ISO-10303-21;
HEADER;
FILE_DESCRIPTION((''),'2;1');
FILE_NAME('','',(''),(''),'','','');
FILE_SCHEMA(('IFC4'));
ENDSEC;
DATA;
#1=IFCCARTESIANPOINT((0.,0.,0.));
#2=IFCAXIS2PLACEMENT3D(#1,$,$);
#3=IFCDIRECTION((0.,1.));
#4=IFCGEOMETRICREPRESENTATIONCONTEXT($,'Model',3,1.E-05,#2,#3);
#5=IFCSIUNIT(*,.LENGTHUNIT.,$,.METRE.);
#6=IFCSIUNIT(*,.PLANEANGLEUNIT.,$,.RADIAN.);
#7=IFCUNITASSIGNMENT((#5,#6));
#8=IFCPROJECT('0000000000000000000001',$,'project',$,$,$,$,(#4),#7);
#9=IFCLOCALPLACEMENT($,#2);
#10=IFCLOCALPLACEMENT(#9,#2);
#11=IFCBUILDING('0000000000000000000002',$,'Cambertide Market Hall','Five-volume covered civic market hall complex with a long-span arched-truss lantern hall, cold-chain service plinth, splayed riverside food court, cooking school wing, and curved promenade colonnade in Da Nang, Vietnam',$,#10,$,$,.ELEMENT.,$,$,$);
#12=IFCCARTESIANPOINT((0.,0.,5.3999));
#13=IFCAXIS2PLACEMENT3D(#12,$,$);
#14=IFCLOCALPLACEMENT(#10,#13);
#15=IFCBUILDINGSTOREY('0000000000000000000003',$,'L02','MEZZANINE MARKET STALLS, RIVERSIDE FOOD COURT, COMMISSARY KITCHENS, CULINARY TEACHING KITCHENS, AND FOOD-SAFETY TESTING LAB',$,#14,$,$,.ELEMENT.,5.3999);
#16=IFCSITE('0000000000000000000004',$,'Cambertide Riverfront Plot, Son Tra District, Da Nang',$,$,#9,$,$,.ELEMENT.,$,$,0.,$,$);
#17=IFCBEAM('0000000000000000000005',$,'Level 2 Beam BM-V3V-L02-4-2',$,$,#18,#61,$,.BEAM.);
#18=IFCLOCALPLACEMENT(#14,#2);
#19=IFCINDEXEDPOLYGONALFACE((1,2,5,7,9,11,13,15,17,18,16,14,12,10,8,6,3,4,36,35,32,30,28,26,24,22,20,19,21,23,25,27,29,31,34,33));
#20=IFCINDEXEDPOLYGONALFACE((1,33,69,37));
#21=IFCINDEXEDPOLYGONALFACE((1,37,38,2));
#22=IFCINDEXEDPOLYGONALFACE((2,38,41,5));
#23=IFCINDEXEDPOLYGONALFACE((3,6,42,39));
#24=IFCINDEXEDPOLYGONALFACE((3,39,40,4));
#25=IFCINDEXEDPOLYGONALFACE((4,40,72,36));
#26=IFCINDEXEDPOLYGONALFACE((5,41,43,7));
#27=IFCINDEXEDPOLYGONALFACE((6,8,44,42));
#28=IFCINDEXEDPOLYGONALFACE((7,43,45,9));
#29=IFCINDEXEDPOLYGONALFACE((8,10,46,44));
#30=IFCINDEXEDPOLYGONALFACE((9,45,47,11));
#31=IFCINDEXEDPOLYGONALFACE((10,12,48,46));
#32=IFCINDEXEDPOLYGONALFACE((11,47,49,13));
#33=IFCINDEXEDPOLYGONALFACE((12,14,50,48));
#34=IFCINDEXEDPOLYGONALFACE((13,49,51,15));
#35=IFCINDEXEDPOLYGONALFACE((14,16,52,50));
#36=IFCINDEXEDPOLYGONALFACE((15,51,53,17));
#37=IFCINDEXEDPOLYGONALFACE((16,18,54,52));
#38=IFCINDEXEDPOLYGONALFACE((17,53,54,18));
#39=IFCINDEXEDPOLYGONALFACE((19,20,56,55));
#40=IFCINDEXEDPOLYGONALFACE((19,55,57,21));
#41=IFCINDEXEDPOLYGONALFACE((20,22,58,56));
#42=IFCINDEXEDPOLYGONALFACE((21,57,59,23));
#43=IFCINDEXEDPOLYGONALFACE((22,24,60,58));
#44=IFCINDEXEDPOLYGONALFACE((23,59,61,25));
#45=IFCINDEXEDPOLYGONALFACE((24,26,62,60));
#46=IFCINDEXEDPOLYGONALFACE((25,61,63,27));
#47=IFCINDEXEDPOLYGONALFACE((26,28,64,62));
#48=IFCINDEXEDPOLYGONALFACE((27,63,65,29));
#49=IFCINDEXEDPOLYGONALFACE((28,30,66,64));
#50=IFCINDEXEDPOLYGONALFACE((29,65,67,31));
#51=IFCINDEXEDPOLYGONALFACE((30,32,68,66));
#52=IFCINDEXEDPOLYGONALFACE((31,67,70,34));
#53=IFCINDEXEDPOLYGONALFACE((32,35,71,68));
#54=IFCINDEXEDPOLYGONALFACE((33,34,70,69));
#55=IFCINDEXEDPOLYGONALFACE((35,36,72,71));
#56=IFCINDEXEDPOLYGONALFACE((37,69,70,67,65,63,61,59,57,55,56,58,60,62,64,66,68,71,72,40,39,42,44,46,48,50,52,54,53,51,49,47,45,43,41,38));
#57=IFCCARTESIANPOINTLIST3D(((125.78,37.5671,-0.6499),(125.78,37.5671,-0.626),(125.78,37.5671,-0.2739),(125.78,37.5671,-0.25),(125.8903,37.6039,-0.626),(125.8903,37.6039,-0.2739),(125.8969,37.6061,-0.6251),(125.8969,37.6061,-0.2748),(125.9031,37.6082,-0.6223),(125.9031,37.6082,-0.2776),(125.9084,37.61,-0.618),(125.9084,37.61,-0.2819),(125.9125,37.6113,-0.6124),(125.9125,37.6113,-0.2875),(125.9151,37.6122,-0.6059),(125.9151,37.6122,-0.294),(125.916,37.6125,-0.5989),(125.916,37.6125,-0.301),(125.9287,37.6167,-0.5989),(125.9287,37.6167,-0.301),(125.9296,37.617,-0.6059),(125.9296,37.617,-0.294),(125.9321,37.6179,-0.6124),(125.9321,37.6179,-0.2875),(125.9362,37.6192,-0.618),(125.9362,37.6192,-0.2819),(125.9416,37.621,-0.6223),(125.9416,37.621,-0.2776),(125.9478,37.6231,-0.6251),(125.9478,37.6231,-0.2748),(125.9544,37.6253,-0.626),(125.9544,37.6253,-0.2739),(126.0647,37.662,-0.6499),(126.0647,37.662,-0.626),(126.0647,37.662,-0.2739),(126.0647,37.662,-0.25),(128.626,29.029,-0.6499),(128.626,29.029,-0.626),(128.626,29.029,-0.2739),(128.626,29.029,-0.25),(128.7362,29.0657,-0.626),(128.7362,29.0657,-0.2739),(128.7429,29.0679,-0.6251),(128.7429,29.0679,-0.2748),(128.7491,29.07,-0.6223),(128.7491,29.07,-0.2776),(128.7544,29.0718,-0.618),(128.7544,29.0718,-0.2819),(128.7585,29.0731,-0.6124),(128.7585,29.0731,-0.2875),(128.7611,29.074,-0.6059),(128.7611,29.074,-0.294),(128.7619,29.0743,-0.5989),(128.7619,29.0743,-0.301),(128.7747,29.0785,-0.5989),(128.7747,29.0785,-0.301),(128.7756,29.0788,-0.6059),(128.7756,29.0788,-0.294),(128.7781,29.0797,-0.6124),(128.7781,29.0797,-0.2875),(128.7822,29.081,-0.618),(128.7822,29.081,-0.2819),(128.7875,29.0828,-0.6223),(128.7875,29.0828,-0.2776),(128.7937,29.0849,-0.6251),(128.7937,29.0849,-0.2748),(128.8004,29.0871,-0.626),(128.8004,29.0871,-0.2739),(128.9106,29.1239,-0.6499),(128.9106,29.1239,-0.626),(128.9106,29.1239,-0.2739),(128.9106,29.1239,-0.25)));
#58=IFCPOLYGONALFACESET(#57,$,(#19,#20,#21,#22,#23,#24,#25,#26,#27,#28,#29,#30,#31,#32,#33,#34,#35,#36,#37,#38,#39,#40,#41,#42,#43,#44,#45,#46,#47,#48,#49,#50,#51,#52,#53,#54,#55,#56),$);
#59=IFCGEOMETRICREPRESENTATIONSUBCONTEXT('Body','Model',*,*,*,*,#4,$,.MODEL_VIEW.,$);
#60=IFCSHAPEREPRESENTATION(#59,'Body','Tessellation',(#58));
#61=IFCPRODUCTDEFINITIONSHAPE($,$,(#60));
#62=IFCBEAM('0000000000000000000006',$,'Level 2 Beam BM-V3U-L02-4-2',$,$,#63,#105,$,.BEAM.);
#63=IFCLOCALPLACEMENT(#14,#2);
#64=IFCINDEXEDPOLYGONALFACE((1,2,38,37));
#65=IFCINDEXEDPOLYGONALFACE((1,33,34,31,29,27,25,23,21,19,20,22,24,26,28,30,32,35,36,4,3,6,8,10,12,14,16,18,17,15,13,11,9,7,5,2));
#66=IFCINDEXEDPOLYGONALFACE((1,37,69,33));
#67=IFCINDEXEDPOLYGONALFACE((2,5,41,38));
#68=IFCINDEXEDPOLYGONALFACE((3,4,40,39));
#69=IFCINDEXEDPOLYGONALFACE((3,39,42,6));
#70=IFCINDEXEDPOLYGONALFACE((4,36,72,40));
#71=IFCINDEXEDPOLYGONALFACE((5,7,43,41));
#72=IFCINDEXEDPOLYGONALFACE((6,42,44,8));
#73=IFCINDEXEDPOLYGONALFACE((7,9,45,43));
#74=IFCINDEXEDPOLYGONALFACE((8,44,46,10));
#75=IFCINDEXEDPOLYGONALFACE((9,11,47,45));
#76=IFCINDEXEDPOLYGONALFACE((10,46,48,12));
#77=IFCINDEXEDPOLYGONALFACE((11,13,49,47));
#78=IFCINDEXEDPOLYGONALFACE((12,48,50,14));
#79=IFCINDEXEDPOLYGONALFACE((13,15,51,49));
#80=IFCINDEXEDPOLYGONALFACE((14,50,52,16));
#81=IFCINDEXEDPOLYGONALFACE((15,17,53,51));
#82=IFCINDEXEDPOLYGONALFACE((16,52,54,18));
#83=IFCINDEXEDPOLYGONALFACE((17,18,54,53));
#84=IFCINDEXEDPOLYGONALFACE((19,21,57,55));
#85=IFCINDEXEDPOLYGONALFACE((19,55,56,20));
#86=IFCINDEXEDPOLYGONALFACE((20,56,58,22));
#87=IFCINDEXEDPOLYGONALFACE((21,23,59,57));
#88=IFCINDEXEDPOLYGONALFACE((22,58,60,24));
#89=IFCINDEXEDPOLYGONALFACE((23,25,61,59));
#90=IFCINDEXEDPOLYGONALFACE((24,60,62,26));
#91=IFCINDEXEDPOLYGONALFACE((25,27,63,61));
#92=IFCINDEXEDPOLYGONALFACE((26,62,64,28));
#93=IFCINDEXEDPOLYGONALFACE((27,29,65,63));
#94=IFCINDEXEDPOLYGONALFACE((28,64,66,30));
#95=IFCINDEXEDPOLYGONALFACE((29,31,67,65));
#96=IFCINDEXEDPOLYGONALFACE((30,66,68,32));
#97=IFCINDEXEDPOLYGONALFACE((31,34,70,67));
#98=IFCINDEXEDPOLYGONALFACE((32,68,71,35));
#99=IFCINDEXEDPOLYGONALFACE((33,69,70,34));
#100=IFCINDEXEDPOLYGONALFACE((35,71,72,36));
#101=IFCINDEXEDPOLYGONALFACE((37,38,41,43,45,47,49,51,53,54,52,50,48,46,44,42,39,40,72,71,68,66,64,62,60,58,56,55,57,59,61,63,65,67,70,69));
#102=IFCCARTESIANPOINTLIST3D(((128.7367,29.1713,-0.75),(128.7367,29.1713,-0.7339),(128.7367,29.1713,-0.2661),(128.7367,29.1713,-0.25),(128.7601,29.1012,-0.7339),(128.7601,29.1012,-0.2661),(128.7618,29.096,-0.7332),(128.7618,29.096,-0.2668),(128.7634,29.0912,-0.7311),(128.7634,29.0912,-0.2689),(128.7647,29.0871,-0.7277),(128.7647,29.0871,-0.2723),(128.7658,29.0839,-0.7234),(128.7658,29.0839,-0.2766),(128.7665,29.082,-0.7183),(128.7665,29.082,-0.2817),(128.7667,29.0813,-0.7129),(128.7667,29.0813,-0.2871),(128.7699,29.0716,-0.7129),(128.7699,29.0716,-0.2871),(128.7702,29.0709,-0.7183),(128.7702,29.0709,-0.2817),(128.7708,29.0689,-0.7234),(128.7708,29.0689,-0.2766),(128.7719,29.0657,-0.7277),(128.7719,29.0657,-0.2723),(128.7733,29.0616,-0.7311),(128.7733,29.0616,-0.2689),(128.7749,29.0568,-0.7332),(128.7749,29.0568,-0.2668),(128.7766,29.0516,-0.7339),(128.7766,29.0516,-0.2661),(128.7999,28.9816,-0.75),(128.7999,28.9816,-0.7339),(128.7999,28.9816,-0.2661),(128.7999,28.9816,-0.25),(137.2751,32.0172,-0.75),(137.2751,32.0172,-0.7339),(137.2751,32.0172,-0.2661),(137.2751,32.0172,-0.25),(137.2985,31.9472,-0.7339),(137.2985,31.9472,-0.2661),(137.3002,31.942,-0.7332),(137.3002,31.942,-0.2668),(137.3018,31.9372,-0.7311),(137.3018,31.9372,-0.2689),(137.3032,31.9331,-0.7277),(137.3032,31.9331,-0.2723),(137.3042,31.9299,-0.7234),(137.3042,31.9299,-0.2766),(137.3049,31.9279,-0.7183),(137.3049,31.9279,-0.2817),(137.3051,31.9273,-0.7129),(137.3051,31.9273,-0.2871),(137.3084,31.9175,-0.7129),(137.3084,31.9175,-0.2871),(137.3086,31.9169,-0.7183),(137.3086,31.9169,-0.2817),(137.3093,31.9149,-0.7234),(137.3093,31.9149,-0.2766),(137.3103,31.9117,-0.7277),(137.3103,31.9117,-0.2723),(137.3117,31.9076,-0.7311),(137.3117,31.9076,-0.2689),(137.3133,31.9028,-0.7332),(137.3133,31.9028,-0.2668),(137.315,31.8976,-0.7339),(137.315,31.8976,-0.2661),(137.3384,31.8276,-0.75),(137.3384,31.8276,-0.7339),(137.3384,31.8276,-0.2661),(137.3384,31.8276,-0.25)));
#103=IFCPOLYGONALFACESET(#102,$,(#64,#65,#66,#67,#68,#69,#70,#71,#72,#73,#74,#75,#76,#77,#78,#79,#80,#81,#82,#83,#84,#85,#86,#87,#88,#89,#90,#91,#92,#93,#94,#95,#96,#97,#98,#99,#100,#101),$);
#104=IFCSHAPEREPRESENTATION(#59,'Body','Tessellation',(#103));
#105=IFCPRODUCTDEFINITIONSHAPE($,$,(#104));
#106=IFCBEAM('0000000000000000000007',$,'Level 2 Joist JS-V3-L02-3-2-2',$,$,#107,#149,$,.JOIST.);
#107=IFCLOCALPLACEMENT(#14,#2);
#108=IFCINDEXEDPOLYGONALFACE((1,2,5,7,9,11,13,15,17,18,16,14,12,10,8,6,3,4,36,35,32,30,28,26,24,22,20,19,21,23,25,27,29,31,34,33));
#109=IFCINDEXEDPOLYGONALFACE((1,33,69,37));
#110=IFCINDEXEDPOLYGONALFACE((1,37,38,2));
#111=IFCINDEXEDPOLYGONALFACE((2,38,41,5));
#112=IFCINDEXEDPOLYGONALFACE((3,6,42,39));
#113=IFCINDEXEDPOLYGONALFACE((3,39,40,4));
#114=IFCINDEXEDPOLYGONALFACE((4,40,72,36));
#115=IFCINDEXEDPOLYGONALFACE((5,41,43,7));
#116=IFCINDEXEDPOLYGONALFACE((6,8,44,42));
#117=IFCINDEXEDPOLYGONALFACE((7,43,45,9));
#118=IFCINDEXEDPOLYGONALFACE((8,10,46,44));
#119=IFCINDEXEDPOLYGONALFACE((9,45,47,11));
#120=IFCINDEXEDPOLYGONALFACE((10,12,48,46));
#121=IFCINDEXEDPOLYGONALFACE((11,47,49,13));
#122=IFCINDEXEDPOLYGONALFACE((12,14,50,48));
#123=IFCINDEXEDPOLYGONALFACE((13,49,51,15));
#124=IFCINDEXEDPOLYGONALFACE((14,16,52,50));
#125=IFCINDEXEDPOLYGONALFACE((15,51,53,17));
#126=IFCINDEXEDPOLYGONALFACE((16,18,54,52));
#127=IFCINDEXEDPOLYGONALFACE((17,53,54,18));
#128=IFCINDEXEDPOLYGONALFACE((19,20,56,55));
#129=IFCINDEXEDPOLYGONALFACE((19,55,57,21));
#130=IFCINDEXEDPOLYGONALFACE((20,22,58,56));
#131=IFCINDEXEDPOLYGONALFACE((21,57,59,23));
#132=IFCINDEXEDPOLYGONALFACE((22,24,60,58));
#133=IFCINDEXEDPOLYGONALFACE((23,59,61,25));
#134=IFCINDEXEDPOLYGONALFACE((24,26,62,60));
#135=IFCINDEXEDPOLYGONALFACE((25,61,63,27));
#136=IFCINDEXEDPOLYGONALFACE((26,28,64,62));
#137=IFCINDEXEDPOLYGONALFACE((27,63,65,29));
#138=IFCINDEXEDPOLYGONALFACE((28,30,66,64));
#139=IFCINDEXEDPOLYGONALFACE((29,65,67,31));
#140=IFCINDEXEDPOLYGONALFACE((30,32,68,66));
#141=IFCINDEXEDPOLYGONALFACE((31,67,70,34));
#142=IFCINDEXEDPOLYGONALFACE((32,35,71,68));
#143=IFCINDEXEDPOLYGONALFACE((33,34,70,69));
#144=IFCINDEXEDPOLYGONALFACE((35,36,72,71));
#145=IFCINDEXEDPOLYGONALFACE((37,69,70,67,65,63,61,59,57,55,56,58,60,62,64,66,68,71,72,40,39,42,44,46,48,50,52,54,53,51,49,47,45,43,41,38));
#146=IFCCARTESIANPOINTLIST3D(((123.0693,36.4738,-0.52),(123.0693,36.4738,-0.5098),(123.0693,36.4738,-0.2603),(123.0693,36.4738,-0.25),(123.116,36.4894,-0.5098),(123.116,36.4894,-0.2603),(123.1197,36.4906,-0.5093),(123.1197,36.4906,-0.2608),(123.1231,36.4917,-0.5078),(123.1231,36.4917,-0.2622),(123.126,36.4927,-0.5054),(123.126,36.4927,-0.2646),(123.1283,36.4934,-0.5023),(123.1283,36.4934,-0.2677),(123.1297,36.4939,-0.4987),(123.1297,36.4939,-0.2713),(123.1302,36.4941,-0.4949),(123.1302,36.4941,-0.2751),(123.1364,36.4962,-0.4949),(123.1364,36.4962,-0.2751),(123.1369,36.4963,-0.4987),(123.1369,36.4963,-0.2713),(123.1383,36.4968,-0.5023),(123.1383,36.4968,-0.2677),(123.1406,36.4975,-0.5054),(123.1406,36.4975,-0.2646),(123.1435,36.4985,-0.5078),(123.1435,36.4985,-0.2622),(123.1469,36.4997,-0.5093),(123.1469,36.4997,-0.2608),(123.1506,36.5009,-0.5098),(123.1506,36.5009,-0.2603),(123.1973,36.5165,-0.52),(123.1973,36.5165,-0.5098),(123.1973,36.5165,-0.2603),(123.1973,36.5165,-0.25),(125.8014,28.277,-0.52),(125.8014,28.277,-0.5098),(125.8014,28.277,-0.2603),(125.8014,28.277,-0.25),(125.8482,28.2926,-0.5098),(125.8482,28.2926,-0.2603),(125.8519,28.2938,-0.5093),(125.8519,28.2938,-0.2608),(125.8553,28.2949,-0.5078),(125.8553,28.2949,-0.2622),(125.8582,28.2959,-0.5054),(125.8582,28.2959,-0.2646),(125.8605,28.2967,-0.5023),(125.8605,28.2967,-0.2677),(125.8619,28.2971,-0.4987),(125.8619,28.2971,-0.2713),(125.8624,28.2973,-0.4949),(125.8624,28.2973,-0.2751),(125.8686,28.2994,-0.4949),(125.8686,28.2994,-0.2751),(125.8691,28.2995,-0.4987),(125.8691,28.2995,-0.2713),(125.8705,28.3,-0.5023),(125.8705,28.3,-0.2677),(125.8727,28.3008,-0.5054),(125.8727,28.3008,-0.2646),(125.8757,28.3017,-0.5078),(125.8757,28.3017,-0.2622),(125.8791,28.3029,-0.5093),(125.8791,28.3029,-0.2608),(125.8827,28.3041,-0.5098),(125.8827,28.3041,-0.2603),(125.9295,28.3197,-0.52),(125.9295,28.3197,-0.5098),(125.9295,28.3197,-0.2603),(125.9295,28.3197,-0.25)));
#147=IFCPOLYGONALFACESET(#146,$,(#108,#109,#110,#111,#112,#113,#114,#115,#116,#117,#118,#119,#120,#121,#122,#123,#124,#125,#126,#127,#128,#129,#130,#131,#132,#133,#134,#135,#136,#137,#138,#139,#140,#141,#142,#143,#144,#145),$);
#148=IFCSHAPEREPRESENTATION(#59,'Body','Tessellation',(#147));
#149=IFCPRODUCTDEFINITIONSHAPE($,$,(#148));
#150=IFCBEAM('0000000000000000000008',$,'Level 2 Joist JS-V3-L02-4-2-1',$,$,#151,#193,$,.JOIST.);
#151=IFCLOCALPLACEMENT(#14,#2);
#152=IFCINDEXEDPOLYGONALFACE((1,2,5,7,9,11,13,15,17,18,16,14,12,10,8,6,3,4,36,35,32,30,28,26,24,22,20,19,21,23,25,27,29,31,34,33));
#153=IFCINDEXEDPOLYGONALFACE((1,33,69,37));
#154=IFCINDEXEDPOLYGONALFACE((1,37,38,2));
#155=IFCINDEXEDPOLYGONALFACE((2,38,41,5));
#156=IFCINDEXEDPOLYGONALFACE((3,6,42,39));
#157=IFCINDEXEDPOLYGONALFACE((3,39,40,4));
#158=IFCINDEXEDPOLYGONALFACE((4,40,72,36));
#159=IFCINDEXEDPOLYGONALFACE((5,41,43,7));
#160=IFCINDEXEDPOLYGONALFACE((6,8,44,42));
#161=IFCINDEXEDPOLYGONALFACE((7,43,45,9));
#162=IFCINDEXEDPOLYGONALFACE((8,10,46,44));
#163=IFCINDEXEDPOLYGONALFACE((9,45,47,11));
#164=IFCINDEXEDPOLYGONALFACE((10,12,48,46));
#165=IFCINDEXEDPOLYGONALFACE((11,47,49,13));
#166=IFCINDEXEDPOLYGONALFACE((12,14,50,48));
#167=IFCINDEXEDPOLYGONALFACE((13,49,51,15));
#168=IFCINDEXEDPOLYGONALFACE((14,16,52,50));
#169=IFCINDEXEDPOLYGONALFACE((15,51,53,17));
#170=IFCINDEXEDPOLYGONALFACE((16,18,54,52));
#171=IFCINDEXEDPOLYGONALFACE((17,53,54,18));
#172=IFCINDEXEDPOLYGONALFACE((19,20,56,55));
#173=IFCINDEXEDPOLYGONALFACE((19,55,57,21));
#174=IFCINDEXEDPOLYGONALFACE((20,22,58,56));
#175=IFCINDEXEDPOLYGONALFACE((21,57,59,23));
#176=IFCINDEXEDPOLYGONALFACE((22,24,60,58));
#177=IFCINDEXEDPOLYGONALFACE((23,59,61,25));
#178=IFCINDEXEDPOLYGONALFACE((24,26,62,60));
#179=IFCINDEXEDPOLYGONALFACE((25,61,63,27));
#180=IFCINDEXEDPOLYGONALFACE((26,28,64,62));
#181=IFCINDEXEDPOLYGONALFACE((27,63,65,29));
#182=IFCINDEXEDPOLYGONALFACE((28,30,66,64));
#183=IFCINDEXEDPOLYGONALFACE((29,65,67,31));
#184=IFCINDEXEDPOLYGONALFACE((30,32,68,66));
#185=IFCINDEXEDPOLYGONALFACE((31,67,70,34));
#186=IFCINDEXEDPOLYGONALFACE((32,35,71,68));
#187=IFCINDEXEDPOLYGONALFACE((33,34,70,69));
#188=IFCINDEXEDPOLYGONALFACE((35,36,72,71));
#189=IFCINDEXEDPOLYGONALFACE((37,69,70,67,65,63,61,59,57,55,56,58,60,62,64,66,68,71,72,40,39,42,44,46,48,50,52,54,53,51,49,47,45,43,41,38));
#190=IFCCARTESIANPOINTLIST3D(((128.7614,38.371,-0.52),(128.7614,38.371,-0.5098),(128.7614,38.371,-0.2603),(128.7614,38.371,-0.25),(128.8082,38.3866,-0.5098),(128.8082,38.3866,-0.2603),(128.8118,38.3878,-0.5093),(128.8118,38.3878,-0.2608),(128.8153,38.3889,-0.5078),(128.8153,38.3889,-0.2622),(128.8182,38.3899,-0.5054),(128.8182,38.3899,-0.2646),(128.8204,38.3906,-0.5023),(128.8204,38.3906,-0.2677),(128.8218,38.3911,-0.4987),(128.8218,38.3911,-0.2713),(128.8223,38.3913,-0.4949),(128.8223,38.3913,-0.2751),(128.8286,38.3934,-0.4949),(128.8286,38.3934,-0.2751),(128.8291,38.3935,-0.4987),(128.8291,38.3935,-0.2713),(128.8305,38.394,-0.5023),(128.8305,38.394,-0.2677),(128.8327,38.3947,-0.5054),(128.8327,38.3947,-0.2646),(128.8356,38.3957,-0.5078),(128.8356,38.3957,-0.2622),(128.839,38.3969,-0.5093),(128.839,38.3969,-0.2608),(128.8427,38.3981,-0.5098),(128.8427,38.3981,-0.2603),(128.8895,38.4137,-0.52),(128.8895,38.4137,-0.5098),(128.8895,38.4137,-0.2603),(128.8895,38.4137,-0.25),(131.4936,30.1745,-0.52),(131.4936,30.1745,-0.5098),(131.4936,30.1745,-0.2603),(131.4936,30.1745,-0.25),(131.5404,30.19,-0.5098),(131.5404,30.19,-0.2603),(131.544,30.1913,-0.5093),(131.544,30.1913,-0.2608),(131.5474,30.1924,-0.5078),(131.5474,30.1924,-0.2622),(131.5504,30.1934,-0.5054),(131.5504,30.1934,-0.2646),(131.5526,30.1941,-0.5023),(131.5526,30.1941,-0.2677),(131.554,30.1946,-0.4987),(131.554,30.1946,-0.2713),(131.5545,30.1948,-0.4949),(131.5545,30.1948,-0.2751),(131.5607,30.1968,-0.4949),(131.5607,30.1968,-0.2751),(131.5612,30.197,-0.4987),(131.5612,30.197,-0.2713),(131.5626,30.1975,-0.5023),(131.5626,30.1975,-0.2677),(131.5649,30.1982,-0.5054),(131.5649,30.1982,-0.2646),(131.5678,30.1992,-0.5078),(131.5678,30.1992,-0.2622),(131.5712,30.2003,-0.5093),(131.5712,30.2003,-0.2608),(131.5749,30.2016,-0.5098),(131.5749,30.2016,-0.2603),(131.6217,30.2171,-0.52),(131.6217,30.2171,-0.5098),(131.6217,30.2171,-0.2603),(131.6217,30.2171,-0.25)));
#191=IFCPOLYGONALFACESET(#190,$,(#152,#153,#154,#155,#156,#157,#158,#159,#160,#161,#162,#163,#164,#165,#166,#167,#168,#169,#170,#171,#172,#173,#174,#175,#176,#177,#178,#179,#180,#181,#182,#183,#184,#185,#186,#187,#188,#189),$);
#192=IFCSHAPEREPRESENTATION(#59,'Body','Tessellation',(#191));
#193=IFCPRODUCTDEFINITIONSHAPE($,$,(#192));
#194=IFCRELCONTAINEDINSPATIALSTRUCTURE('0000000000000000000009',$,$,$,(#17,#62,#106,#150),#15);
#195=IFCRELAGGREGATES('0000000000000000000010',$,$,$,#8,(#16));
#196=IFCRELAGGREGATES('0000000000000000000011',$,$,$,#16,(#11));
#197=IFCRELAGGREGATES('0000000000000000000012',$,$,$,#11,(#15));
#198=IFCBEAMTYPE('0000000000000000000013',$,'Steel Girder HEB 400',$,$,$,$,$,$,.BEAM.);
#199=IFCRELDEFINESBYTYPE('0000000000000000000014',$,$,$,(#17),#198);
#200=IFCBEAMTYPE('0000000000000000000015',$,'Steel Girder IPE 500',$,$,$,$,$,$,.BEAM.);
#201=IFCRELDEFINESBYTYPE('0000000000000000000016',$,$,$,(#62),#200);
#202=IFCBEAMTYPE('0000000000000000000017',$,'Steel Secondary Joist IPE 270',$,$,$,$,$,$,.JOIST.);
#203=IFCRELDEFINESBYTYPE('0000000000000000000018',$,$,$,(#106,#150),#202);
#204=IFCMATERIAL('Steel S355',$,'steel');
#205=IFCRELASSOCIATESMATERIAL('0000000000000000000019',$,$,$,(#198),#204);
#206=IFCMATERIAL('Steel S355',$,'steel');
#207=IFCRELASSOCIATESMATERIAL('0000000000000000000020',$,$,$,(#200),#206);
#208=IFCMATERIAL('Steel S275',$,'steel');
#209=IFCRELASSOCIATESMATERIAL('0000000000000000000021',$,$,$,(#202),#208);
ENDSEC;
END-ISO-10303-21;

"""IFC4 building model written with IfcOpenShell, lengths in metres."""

from ifc_helpers import new_model, si_unit, direction, frame, origin, origin_2d, place, context, subcontext, project, spatial, i_section, extrude, material, material_profile, profile_set, type_object, element, save


model = new_model("IFC4")

# Units and contexts
model_context = context("Model", 3, precision=1e-05, world=origin(), true_north=direction((0.0, 1.0)))
body_context = subcontext(model_context, "Body", "Model", "MODEL_VIEW")
ifc_project = project(units=[si_unit("LENGTHUNIT", "METRE"), si_unit("PLANEANGLEUNIT", "RADIAN")], contexts=[model_context])

# Site, building, storey
site_placement = place(None, origin())
site = spatial("IfcSite", under=ifc_project, at=site_placement, Name="Cambertide Riverfront Plot, Son Tra District, Da Nang", CompositionType="ELEMENT", RefElevation=0.0)
building_placement = place(site_placement, origin())
building = spatial("IfcBuilding", under=site, at=building_placement, Name="Cambertide Market Hall", Description="Five-volume covered civic market hall complex with a long-span arched-truss lantern hall, cold-chain service plinth, splayed riverside food court, cooking school wing, and curved promenade colonnade in Da Nang, Vietnam", CompositionType="ELEMENT")
storey_placement = place(building_placement, frame((0.0, 0.0, 5.3999)))
storey = spatial("IfcBuildingStorey", under=building, at=storey_placement, Name="L02", Description="MEZZANINE MARKET STALLS, RIVERSIDE FOOD COURT, COMMISSARY KITCHENS, CULINARY TEACHING KITCHENS, AND FOOD-SAFETY TESTING LAB", CompositionType="ELEMENT", Elevation=5.3999)

# Beams
ifc_material_1 = material(Name="Steel S355", Category="steel")
ifc_material_profile_1 = material_profile(ifc_material_1, i_section(OverallWidth=0.3, OverallDepth=0.3999, WebThickness=0.0134, FlangeThickness=0.0239, FilletRadius=0.0271, at=origin_2d()), Name="HEB 400")
ifc_profile_set_1 = profile_set([ifc_material_profile_1], Name="Steel S355")
beam_type_1 = type_object("IfcBeamType", Name="Steel Girder HEB 400", PredefinedType="BEAM", material=ifc_profile_set_1)
beam_1_placement = place(storey_placement, frame((128.7683, 29.0764, -0.45), z_axis=(-0.31622, 0.948686, 0.0), x_axis=(-0.948686, -0.31622, 0.0)))
element("IfcBeam", 1, at=beam_1_placement, inside=storey, type_object=beam_type_1, Name="Level 2 Beam BM-V3V-L02-4-2", PredefinedType="BEAM", context=body_context, shape_type="SweptSolid", body=[
    extrude(i_section(OverallWidth=0.3, OverallDepth=0.3999, WebThickness=0.0134, FlangeThickness=0.0239, FilletRadius=0.0271, at=origin_2d()), origin(), (0.0, 0.0, 1.0), 9.0),
])
ifc_material_2 = material(Name="Steel S355", Category="steel")
ifc_material_profile_2 = material_profile(ifc_material_2, i_section(OverallWidth=0.2, OverallDepth=0.5, WebThickness=0.0103, FlangeThickness=0.0161, FilletRadius=0.021, at=origin_2d()), Name="IPE 500")
ifc_profile_set_2 = profile_set([ifc_material_profile_2], Name="Steel S355")
beam_type_2 = type_object("IfcBeamType", Name="Steel Girder IPE 500", PredefinedType="BEAM", material=ifc_profile_set_2)
beam_2_placement = place(storey_placement, frame((128.7683, 29.0764, -0.5), z_axis=(0.948689, 0.316211, 0.0), x_axis=(-0.316211, 0.948689, 0.0)))
element("IfcBeam", 2, at=beam_2_placement, inside=storey, type_object=beam_type_2, Name="Level 2 Beam BM-V3U-L02-4-2", PredefinedType="BEAM", context=body_context, shape_type="SweptSolid", body=[
    extrude(i_section(OverallWidth=0.2, OverallDepth=0.5, WebThickness=0.0103, FlangeThickness=0.0161, FilletRadius=0.021, at=origin_2d()), origin(), (0.0, 0.0, 1.0), 9.0002),
])
ifc_material_3 = material(Name="Steel S275", Category="steel")
ifc_material_profile_3 = material_profile(ifc_material_3, i_section(OverallWidth=0.135, OverallDepth=0.27, WebThickness=0.0066, FlangeThickness=0.0103, FilletRadius=0.0149, at=origin_2d()), Name="IPE 270")
ifc_profile_set_3 = profile_set([ifc_material_profile_3], Name="Steel S275")
beam_type_3 = type_object("IfcBeamType", Name="Steel Secondary Joist IPE 270", PredefinedType="JOIST", material=ifc_profile_set_3)
beam_3_placement = place(storey_placement, frame((125.8655, 28.2983, -0.385), z_axis=(-0.316219, 0.948686, 0.0), x_axis=(-0.948686, -0.316219, 0.0)))
element("IfcBeam", 3, at=beam_3_placement, inside=storey, type_object=beam_type_3, Name="Level 2 Joist JS-V3-L02-3-2-2", PredefinedType="JOIST", context=body_context, shape_type="SweptSolid", body=[
    extrude(i_section(OverallWidth=0.135, OverallDepth=0.27, WebThickness=0.0066, FlangeThickness=0.0103, FilletRadius=0.0149, at=origin_2d()), origin(), (0.0, 0.0, 1.0), 8.6401),
])
beam_4_placement = place(storey_placement, frame((131.5576, 30.1958, -0.385), z_axis=(-0.316228, 0.948683, 0.0), x_axis=(-0.948683, -0.316228, 0.0)))
element("IfcBeam", 4, at=beam_4_placement, inside=storey, type_object=beam_type_3, Name="Level 2 Joist JS-V3-L02-4-2-1", PredefinedType="JOIST", context=body_context, shape_type="SweptSolid", body=[
    extrude(i_section(OverallWidth=0.135, OverallDepth=0.27, WebThickness=0.0066, FlangeThickness=0.0103, FilletRadius=0.0149, at=origin_2d()), origin(), (0.0, 0.0, 1.0), 8.6399),
])

save(model, "model.ifc")
